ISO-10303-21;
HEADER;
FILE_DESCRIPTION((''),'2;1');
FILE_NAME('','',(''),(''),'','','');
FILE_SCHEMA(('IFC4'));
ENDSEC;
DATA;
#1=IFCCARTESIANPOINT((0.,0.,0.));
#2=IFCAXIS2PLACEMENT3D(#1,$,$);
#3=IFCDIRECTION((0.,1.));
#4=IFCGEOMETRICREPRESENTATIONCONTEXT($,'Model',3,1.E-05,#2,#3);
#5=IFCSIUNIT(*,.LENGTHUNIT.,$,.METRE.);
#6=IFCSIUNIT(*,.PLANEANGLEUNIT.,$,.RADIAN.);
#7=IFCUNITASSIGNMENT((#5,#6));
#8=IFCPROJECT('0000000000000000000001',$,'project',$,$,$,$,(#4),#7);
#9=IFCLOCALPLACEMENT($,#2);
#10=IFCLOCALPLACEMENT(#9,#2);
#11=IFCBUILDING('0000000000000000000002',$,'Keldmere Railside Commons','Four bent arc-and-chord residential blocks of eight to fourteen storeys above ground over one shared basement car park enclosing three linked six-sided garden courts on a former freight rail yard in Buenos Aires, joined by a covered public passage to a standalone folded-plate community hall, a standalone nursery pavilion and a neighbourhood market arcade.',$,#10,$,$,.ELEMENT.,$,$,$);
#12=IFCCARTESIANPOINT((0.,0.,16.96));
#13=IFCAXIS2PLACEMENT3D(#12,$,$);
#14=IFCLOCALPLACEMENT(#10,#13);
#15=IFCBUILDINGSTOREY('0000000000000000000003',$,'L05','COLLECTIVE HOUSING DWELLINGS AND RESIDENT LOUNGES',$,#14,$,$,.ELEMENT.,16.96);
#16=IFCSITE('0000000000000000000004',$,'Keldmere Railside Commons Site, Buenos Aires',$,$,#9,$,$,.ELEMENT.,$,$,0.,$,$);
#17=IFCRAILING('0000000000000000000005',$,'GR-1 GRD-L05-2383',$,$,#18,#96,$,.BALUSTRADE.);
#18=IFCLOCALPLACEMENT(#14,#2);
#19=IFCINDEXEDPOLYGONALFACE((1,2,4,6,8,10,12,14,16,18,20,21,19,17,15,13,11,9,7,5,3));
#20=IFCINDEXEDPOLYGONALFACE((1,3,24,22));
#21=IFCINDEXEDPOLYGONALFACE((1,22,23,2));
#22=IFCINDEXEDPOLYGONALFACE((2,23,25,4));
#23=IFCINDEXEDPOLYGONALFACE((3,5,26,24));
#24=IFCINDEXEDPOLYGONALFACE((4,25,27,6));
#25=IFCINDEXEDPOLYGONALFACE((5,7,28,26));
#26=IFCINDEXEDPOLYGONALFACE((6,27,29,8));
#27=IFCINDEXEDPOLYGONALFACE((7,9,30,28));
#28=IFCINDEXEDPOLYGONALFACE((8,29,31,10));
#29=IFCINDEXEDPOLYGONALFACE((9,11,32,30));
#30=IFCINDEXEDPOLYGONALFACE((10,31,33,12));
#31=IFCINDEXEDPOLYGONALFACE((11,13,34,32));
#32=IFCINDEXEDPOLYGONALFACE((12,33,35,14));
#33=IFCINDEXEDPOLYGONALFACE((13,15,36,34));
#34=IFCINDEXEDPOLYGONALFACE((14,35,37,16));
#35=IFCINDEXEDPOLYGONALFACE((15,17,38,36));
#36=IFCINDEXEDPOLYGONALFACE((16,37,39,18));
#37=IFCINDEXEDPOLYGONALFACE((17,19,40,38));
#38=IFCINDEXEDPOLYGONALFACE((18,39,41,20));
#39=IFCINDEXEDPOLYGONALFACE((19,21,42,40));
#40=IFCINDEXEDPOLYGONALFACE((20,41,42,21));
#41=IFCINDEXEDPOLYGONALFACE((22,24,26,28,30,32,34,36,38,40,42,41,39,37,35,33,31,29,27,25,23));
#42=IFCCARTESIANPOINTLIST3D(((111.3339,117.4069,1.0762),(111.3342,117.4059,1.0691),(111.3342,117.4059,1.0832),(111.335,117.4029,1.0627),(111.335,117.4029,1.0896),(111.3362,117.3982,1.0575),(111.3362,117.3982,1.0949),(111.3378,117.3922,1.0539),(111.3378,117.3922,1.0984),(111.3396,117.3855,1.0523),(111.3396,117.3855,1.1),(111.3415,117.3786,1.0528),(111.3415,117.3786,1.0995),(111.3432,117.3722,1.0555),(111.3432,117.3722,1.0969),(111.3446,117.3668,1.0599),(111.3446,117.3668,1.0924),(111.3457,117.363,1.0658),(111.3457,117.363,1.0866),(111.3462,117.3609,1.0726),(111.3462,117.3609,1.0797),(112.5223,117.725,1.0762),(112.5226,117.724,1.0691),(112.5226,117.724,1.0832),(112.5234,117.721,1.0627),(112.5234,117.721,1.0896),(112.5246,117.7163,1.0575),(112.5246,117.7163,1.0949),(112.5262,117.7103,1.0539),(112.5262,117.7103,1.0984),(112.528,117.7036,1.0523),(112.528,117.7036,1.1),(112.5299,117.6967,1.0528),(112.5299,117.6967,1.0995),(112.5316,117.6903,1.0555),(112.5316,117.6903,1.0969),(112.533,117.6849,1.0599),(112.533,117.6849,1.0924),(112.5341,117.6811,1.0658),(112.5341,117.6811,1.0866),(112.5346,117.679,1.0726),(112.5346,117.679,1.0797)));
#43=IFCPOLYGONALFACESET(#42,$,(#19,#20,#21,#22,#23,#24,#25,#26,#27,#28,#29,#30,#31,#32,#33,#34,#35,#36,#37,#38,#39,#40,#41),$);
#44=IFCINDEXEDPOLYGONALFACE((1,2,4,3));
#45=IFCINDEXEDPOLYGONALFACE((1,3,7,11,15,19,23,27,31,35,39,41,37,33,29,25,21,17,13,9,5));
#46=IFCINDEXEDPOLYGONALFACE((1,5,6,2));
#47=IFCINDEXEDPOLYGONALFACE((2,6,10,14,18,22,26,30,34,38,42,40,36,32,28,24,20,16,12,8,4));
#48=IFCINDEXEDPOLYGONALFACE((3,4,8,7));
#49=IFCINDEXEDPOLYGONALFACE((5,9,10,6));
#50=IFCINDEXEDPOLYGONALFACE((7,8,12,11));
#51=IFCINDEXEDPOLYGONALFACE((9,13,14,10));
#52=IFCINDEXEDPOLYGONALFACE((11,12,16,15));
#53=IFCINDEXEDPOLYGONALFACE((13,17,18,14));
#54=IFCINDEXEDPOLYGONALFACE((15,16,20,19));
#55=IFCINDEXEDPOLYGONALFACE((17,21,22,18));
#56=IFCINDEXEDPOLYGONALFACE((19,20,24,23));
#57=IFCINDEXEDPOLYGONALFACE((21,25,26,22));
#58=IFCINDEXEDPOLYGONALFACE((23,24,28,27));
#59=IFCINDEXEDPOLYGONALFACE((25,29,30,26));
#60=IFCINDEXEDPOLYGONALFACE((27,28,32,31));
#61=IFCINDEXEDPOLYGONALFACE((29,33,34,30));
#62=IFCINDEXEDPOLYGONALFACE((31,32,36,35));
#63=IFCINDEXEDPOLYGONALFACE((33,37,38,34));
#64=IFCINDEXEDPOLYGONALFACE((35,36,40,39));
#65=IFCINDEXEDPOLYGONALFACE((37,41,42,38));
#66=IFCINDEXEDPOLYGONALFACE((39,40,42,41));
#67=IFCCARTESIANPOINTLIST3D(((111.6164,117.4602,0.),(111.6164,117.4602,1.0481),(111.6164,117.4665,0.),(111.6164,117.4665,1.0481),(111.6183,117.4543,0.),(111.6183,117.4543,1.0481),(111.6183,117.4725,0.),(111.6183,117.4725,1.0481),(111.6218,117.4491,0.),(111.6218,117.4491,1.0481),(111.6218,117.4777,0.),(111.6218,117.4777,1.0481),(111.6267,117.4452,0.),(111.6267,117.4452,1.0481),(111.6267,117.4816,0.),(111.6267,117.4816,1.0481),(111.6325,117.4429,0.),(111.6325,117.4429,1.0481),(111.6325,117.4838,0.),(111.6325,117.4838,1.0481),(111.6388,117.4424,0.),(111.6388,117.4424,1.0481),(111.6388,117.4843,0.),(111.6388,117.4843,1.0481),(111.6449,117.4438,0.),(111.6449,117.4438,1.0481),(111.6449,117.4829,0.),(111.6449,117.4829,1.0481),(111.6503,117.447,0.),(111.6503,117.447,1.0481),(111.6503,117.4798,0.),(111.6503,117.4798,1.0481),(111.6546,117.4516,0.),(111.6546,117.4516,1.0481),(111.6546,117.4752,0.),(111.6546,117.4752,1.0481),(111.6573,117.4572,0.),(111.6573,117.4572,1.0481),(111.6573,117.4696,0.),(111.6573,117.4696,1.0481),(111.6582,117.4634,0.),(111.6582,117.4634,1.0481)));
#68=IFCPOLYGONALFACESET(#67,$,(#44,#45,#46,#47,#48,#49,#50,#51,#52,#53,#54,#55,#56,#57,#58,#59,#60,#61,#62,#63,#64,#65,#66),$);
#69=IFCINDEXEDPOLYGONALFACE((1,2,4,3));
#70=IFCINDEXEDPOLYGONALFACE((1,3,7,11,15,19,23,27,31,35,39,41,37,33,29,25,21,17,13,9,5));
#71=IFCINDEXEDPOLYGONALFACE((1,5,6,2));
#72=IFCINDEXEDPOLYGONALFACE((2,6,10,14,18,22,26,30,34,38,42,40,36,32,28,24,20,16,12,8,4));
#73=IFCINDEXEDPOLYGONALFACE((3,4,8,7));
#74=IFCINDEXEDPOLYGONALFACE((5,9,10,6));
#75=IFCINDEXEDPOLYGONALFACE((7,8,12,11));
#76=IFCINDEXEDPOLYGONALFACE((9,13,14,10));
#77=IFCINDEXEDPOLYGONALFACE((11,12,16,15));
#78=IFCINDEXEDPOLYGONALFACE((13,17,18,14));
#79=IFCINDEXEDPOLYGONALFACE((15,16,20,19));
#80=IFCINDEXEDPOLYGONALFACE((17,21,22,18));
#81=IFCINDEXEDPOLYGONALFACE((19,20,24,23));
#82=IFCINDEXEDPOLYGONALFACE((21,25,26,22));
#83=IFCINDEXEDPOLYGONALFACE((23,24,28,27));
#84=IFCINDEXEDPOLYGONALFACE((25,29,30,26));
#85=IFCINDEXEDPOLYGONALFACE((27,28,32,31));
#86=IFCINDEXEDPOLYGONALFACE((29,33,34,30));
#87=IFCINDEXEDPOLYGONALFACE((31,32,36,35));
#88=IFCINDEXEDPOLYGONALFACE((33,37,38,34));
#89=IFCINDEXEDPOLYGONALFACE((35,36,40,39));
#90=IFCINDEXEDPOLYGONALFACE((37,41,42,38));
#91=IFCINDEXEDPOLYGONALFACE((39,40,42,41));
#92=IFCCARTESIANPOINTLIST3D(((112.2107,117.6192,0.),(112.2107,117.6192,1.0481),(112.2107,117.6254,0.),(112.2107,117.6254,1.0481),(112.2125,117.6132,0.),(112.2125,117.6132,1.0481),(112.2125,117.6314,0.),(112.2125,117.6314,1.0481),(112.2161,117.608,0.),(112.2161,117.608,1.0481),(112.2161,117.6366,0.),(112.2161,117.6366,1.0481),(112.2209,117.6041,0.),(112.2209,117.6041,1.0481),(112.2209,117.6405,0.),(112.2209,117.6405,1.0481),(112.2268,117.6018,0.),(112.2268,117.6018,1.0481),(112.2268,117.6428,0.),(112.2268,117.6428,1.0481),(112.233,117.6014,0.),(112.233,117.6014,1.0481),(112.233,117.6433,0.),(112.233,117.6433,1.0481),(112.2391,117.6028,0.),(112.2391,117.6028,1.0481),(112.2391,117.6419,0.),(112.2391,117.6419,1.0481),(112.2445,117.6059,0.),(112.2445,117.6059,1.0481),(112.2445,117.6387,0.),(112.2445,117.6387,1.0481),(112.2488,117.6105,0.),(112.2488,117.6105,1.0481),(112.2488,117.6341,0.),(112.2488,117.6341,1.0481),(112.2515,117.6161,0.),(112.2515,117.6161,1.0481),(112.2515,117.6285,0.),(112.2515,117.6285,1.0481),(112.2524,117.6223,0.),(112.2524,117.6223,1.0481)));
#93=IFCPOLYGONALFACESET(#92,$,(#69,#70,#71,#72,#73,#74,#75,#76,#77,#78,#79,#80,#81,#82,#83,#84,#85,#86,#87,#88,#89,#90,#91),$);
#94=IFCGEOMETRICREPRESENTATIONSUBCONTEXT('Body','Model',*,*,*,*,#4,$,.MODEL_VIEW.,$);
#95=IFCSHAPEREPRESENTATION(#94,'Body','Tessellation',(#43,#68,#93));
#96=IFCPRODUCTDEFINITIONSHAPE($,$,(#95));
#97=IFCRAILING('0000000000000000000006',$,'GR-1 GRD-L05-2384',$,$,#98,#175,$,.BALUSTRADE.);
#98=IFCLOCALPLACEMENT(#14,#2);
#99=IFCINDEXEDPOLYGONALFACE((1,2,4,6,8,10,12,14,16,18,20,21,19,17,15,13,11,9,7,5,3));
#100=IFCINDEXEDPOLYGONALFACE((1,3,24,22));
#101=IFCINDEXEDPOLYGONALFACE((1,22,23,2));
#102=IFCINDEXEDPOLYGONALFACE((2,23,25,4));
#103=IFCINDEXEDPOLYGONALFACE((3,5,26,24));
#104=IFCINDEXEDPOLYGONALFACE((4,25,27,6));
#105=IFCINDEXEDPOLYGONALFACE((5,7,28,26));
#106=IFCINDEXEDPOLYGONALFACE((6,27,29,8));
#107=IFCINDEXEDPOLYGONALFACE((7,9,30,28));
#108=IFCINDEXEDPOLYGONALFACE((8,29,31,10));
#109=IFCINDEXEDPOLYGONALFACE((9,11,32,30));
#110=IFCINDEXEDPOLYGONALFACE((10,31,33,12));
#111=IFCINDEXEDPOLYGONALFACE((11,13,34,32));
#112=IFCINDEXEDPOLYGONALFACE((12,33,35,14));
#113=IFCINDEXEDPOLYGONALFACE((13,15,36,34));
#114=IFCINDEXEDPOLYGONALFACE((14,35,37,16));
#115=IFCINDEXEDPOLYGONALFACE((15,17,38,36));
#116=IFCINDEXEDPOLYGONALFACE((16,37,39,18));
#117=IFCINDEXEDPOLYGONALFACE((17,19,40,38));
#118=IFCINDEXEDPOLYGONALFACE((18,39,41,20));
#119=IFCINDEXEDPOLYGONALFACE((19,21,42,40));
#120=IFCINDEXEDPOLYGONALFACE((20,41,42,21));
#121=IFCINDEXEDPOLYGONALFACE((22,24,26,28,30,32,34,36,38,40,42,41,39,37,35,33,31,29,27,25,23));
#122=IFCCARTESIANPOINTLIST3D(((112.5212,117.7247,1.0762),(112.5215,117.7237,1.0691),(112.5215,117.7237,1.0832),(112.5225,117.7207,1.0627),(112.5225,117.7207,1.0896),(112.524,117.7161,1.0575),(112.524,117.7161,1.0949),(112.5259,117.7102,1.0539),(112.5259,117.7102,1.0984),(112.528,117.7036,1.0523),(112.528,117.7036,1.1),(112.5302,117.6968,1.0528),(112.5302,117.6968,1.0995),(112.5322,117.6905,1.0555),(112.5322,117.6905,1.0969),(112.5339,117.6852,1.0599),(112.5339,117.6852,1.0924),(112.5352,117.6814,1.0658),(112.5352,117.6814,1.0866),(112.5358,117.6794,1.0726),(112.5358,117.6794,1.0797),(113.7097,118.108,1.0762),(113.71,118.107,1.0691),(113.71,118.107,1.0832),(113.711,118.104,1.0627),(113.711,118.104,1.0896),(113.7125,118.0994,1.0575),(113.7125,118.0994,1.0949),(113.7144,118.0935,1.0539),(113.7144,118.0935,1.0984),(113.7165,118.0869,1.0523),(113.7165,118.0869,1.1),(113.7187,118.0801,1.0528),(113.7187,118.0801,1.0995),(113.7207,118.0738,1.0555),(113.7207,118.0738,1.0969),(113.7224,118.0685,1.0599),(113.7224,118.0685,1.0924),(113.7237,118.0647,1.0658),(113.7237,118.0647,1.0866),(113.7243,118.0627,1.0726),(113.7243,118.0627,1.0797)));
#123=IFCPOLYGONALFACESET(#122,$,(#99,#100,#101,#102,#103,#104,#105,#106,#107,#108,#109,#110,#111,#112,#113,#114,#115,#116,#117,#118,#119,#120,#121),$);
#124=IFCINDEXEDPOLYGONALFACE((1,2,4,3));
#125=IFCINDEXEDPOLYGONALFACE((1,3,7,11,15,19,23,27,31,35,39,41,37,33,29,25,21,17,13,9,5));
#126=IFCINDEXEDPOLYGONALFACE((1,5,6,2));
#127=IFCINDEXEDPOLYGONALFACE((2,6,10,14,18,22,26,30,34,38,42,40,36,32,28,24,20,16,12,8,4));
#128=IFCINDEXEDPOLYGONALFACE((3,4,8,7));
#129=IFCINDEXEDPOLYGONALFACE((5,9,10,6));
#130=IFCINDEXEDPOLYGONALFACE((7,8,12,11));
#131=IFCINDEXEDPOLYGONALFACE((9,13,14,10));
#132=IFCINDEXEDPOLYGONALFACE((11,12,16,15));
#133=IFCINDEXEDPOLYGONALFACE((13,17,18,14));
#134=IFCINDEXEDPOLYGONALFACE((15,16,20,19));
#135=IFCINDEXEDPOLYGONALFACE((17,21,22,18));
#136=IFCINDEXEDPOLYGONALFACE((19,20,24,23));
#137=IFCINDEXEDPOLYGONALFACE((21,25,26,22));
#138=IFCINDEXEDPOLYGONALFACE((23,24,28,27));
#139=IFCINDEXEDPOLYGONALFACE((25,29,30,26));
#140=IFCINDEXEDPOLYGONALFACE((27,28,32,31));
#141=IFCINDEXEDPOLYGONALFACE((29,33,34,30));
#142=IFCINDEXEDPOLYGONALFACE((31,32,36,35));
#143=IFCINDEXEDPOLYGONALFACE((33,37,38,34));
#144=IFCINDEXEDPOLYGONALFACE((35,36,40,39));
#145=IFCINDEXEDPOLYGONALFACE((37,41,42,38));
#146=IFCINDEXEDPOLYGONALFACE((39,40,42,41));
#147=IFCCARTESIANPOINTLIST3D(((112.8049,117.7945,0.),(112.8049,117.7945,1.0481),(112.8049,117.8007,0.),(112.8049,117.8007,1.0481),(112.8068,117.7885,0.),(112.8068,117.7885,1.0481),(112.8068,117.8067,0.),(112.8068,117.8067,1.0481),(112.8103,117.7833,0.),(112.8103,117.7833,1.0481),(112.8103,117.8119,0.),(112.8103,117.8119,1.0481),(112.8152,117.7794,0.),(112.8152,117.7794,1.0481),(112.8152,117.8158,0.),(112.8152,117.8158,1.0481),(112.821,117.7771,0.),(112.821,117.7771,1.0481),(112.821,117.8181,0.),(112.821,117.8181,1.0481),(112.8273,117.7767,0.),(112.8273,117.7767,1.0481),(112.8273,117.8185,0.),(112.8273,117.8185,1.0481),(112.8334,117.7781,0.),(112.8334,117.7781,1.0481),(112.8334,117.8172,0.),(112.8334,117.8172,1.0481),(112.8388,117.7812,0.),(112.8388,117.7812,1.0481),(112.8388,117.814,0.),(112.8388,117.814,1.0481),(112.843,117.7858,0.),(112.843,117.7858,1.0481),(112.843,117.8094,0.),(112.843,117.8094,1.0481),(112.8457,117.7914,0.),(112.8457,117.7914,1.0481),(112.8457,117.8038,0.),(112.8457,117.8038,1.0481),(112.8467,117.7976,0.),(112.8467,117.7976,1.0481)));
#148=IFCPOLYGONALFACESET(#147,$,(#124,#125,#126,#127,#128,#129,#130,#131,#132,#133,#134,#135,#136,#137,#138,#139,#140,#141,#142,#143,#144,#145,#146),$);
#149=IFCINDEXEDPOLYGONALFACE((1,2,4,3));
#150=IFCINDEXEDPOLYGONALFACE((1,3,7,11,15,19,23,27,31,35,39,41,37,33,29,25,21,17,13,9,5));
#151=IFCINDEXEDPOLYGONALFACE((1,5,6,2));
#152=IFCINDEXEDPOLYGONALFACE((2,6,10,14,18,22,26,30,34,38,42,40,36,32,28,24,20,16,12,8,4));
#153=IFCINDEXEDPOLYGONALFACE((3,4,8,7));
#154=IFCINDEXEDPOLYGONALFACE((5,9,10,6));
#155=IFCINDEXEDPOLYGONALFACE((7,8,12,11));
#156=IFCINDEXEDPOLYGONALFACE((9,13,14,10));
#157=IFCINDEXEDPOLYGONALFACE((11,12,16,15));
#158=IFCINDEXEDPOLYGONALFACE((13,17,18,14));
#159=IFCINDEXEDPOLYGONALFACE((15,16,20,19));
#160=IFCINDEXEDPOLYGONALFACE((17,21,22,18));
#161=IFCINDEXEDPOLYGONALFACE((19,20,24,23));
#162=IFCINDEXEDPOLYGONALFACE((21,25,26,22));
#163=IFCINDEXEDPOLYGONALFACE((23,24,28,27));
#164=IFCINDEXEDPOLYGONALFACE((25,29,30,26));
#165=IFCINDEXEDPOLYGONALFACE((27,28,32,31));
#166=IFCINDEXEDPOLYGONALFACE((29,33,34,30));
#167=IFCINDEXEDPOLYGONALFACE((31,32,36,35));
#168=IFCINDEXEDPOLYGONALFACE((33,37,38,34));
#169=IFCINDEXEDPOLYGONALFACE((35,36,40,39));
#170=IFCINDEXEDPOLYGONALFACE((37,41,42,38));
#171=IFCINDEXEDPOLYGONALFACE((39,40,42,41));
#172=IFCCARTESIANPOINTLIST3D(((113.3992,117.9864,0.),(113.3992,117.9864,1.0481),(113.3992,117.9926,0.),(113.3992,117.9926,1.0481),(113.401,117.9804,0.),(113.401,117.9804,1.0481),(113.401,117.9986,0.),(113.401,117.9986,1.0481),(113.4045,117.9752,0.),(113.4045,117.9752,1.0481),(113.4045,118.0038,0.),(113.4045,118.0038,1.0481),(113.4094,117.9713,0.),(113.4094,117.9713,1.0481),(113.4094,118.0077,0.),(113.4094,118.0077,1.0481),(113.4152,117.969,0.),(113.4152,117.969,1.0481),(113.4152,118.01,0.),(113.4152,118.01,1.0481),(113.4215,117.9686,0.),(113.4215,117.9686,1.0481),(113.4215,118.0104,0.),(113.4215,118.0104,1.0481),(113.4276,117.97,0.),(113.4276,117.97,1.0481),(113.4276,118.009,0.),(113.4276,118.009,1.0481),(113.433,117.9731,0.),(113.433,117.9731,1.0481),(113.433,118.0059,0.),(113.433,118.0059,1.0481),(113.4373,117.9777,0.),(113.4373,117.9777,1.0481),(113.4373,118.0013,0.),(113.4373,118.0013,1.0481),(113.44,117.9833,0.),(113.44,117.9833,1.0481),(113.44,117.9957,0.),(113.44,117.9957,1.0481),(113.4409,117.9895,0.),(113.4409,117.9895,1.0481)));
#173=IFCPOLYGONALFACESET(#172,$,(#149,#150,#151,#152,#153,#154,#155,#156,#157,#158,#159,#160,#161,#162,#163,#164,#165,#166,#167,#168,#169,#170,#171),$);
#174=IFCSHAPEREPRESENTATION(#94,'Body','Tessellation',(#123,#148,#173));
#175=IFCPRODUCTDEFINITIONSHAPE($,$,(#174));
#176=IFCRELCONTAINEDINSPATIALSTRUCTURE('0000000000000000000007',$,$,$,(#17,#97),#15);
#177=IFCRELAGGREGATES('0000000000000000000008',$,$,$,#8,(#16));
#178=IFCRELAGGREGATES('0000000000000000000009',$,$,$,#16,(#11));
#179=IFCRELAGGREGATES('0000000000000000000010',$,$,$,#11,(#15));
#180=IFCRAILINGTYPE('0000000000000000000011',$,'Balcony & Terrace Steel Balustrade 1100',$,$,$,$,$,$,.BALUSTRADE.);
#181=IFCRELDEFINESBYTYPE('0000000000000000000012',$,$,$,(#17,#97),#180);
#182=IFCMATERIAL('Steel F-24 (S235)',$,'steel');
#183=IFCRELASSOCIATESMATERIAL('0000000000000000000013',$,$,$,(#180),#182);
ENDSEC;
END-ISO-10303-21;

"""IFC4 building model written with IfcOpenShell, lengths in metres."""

from ifc_helpers import new_model, si_unit, direction, frame, origin, origin_2d, place, context, subcontext, project, spatial, circle, extrude, material, type_object, element, save


model = new_model("IFC4")

# Units and contexts
model_context = context("Model", 3, precision=1e-05, world=origin(), true_north=direction((0.0, 1.0)))
body_context = subcontext(model_context, "Body", "Model", "MODEL_VIEW")
ifc_project = project(units=[si_unit("LENGTHUNIT", "METRE"), si_unit("PLANEANGLEUNIT", "RADIAN")], contexts=[model_context])

# Site, building, storey
site_placement = place(None, origin())
site = spatial("IfcSite", under=ifc_project, at=site_placement, Name="Keldmere Railside Commons Site, Buenos Aires", CompositionType="ELEMENT", RefElevation=0.0)
building_placement = place(site_placement, origin())
building = spatial("IfcBuilding", under=site, at=building_placement, Name="Keldmere Railside Commons", Description="Four bent arc-and-chord residential blocks of eight to fourteen storeys above ground over one shared basement car park enclosing three linked six-sided garden courts on a former freight rail yard in Buenos Aires, joined by a covered public passage to a standalone folded-plate community hall, a standalone nursery pavilion and a neighbourhood market arcade.", CompositionType="ELEMENT")
storey_placement = place(building_placement, frame((0.0, 0.0, 16.96)))
storey = spatial("IfcBuildingStorey", under=building, at=storey_placement, Name="L05", Description="COLLECTIVE HOUSING DWELLINGS AND RESIDENT LOUNGES", CompositionType="ELEMENT", Elevation=16.96)

# Shared definitions
ifc_material_1 = material(Name="Steel F-24 (S235)", Category="steel")

# Railings
railing_type = type_object("IfcRailingType", Name="Balcony & Terrace Steel Balustrade 1100", PredefinedType="BALUSTRADE", material=ifc_material_1)
railing_1_placement = place(storey_placement, frame((111.3401, 117.3838, 0.0)))
element("IfcRailing", 1, at=railing_1_placement, inside=storey, type_object=railing_type, Name="GR-1 GRD-L05-2383", PredefinedType="BALUSTRADE", context=body_context, shape_type="SweptSolid", body=[
    extrude(circle(Radius=0.0239, at=origin_2d()), frame((0.0, 0.0, 1.0762), z_axis=(0.965994, 0.258564, 0.0), x_axis=(-0.258564, 0.965994, 0.0)), (0.0, 0.0, 1.0), 1.2302),
    extrude(circle(Radius=0.021, at=origin_2d()), frame((0.2971, 0.0796, 0.0)), (0.0, 0.0, 1.0), 1.0481),
    extrude(circle(Radius=0.021, at=origin_2d()), frame((0.8914, 0.2385, 0.0)), (0.0, 0.0, 1.0), 1.0481),
])
railing_2_placement = place(storey_placement, frame((112.5286, 117.7019, 0.0)))
element("IfcRailing", 2, at=railing_2_placement, inside=storey, type_object=railing_type, Name="GR-1 GRD-L05-2384", PredefinedType="BALUSTRADE", context=body_context, shape_type="SweptSolid", body=[
    extrude(circle(Radius=0.0239, at=origin_2d()), frame((0.0, 0.0, 1.0762), z_axis=(0.951727, 0.306946, 0.0), x_axis=(-0.306946, 0.951727, 0.0)), (0.0, 0.0, 1.0), 1.2488),
    extrude(circle(Radius=0.021, at=origin_2d()), frame((0.2971, 0.0957, 0.0)), (0.0, 0.0, 1.0), 1.0481),
    extrude(circle(Radius=0.021, at=origin_2d()), frame((0.8914, 0.2876, 0.0)), (0.0, 0.0, 1.0), 1.0481),
])

save(model, "model.ifc")
